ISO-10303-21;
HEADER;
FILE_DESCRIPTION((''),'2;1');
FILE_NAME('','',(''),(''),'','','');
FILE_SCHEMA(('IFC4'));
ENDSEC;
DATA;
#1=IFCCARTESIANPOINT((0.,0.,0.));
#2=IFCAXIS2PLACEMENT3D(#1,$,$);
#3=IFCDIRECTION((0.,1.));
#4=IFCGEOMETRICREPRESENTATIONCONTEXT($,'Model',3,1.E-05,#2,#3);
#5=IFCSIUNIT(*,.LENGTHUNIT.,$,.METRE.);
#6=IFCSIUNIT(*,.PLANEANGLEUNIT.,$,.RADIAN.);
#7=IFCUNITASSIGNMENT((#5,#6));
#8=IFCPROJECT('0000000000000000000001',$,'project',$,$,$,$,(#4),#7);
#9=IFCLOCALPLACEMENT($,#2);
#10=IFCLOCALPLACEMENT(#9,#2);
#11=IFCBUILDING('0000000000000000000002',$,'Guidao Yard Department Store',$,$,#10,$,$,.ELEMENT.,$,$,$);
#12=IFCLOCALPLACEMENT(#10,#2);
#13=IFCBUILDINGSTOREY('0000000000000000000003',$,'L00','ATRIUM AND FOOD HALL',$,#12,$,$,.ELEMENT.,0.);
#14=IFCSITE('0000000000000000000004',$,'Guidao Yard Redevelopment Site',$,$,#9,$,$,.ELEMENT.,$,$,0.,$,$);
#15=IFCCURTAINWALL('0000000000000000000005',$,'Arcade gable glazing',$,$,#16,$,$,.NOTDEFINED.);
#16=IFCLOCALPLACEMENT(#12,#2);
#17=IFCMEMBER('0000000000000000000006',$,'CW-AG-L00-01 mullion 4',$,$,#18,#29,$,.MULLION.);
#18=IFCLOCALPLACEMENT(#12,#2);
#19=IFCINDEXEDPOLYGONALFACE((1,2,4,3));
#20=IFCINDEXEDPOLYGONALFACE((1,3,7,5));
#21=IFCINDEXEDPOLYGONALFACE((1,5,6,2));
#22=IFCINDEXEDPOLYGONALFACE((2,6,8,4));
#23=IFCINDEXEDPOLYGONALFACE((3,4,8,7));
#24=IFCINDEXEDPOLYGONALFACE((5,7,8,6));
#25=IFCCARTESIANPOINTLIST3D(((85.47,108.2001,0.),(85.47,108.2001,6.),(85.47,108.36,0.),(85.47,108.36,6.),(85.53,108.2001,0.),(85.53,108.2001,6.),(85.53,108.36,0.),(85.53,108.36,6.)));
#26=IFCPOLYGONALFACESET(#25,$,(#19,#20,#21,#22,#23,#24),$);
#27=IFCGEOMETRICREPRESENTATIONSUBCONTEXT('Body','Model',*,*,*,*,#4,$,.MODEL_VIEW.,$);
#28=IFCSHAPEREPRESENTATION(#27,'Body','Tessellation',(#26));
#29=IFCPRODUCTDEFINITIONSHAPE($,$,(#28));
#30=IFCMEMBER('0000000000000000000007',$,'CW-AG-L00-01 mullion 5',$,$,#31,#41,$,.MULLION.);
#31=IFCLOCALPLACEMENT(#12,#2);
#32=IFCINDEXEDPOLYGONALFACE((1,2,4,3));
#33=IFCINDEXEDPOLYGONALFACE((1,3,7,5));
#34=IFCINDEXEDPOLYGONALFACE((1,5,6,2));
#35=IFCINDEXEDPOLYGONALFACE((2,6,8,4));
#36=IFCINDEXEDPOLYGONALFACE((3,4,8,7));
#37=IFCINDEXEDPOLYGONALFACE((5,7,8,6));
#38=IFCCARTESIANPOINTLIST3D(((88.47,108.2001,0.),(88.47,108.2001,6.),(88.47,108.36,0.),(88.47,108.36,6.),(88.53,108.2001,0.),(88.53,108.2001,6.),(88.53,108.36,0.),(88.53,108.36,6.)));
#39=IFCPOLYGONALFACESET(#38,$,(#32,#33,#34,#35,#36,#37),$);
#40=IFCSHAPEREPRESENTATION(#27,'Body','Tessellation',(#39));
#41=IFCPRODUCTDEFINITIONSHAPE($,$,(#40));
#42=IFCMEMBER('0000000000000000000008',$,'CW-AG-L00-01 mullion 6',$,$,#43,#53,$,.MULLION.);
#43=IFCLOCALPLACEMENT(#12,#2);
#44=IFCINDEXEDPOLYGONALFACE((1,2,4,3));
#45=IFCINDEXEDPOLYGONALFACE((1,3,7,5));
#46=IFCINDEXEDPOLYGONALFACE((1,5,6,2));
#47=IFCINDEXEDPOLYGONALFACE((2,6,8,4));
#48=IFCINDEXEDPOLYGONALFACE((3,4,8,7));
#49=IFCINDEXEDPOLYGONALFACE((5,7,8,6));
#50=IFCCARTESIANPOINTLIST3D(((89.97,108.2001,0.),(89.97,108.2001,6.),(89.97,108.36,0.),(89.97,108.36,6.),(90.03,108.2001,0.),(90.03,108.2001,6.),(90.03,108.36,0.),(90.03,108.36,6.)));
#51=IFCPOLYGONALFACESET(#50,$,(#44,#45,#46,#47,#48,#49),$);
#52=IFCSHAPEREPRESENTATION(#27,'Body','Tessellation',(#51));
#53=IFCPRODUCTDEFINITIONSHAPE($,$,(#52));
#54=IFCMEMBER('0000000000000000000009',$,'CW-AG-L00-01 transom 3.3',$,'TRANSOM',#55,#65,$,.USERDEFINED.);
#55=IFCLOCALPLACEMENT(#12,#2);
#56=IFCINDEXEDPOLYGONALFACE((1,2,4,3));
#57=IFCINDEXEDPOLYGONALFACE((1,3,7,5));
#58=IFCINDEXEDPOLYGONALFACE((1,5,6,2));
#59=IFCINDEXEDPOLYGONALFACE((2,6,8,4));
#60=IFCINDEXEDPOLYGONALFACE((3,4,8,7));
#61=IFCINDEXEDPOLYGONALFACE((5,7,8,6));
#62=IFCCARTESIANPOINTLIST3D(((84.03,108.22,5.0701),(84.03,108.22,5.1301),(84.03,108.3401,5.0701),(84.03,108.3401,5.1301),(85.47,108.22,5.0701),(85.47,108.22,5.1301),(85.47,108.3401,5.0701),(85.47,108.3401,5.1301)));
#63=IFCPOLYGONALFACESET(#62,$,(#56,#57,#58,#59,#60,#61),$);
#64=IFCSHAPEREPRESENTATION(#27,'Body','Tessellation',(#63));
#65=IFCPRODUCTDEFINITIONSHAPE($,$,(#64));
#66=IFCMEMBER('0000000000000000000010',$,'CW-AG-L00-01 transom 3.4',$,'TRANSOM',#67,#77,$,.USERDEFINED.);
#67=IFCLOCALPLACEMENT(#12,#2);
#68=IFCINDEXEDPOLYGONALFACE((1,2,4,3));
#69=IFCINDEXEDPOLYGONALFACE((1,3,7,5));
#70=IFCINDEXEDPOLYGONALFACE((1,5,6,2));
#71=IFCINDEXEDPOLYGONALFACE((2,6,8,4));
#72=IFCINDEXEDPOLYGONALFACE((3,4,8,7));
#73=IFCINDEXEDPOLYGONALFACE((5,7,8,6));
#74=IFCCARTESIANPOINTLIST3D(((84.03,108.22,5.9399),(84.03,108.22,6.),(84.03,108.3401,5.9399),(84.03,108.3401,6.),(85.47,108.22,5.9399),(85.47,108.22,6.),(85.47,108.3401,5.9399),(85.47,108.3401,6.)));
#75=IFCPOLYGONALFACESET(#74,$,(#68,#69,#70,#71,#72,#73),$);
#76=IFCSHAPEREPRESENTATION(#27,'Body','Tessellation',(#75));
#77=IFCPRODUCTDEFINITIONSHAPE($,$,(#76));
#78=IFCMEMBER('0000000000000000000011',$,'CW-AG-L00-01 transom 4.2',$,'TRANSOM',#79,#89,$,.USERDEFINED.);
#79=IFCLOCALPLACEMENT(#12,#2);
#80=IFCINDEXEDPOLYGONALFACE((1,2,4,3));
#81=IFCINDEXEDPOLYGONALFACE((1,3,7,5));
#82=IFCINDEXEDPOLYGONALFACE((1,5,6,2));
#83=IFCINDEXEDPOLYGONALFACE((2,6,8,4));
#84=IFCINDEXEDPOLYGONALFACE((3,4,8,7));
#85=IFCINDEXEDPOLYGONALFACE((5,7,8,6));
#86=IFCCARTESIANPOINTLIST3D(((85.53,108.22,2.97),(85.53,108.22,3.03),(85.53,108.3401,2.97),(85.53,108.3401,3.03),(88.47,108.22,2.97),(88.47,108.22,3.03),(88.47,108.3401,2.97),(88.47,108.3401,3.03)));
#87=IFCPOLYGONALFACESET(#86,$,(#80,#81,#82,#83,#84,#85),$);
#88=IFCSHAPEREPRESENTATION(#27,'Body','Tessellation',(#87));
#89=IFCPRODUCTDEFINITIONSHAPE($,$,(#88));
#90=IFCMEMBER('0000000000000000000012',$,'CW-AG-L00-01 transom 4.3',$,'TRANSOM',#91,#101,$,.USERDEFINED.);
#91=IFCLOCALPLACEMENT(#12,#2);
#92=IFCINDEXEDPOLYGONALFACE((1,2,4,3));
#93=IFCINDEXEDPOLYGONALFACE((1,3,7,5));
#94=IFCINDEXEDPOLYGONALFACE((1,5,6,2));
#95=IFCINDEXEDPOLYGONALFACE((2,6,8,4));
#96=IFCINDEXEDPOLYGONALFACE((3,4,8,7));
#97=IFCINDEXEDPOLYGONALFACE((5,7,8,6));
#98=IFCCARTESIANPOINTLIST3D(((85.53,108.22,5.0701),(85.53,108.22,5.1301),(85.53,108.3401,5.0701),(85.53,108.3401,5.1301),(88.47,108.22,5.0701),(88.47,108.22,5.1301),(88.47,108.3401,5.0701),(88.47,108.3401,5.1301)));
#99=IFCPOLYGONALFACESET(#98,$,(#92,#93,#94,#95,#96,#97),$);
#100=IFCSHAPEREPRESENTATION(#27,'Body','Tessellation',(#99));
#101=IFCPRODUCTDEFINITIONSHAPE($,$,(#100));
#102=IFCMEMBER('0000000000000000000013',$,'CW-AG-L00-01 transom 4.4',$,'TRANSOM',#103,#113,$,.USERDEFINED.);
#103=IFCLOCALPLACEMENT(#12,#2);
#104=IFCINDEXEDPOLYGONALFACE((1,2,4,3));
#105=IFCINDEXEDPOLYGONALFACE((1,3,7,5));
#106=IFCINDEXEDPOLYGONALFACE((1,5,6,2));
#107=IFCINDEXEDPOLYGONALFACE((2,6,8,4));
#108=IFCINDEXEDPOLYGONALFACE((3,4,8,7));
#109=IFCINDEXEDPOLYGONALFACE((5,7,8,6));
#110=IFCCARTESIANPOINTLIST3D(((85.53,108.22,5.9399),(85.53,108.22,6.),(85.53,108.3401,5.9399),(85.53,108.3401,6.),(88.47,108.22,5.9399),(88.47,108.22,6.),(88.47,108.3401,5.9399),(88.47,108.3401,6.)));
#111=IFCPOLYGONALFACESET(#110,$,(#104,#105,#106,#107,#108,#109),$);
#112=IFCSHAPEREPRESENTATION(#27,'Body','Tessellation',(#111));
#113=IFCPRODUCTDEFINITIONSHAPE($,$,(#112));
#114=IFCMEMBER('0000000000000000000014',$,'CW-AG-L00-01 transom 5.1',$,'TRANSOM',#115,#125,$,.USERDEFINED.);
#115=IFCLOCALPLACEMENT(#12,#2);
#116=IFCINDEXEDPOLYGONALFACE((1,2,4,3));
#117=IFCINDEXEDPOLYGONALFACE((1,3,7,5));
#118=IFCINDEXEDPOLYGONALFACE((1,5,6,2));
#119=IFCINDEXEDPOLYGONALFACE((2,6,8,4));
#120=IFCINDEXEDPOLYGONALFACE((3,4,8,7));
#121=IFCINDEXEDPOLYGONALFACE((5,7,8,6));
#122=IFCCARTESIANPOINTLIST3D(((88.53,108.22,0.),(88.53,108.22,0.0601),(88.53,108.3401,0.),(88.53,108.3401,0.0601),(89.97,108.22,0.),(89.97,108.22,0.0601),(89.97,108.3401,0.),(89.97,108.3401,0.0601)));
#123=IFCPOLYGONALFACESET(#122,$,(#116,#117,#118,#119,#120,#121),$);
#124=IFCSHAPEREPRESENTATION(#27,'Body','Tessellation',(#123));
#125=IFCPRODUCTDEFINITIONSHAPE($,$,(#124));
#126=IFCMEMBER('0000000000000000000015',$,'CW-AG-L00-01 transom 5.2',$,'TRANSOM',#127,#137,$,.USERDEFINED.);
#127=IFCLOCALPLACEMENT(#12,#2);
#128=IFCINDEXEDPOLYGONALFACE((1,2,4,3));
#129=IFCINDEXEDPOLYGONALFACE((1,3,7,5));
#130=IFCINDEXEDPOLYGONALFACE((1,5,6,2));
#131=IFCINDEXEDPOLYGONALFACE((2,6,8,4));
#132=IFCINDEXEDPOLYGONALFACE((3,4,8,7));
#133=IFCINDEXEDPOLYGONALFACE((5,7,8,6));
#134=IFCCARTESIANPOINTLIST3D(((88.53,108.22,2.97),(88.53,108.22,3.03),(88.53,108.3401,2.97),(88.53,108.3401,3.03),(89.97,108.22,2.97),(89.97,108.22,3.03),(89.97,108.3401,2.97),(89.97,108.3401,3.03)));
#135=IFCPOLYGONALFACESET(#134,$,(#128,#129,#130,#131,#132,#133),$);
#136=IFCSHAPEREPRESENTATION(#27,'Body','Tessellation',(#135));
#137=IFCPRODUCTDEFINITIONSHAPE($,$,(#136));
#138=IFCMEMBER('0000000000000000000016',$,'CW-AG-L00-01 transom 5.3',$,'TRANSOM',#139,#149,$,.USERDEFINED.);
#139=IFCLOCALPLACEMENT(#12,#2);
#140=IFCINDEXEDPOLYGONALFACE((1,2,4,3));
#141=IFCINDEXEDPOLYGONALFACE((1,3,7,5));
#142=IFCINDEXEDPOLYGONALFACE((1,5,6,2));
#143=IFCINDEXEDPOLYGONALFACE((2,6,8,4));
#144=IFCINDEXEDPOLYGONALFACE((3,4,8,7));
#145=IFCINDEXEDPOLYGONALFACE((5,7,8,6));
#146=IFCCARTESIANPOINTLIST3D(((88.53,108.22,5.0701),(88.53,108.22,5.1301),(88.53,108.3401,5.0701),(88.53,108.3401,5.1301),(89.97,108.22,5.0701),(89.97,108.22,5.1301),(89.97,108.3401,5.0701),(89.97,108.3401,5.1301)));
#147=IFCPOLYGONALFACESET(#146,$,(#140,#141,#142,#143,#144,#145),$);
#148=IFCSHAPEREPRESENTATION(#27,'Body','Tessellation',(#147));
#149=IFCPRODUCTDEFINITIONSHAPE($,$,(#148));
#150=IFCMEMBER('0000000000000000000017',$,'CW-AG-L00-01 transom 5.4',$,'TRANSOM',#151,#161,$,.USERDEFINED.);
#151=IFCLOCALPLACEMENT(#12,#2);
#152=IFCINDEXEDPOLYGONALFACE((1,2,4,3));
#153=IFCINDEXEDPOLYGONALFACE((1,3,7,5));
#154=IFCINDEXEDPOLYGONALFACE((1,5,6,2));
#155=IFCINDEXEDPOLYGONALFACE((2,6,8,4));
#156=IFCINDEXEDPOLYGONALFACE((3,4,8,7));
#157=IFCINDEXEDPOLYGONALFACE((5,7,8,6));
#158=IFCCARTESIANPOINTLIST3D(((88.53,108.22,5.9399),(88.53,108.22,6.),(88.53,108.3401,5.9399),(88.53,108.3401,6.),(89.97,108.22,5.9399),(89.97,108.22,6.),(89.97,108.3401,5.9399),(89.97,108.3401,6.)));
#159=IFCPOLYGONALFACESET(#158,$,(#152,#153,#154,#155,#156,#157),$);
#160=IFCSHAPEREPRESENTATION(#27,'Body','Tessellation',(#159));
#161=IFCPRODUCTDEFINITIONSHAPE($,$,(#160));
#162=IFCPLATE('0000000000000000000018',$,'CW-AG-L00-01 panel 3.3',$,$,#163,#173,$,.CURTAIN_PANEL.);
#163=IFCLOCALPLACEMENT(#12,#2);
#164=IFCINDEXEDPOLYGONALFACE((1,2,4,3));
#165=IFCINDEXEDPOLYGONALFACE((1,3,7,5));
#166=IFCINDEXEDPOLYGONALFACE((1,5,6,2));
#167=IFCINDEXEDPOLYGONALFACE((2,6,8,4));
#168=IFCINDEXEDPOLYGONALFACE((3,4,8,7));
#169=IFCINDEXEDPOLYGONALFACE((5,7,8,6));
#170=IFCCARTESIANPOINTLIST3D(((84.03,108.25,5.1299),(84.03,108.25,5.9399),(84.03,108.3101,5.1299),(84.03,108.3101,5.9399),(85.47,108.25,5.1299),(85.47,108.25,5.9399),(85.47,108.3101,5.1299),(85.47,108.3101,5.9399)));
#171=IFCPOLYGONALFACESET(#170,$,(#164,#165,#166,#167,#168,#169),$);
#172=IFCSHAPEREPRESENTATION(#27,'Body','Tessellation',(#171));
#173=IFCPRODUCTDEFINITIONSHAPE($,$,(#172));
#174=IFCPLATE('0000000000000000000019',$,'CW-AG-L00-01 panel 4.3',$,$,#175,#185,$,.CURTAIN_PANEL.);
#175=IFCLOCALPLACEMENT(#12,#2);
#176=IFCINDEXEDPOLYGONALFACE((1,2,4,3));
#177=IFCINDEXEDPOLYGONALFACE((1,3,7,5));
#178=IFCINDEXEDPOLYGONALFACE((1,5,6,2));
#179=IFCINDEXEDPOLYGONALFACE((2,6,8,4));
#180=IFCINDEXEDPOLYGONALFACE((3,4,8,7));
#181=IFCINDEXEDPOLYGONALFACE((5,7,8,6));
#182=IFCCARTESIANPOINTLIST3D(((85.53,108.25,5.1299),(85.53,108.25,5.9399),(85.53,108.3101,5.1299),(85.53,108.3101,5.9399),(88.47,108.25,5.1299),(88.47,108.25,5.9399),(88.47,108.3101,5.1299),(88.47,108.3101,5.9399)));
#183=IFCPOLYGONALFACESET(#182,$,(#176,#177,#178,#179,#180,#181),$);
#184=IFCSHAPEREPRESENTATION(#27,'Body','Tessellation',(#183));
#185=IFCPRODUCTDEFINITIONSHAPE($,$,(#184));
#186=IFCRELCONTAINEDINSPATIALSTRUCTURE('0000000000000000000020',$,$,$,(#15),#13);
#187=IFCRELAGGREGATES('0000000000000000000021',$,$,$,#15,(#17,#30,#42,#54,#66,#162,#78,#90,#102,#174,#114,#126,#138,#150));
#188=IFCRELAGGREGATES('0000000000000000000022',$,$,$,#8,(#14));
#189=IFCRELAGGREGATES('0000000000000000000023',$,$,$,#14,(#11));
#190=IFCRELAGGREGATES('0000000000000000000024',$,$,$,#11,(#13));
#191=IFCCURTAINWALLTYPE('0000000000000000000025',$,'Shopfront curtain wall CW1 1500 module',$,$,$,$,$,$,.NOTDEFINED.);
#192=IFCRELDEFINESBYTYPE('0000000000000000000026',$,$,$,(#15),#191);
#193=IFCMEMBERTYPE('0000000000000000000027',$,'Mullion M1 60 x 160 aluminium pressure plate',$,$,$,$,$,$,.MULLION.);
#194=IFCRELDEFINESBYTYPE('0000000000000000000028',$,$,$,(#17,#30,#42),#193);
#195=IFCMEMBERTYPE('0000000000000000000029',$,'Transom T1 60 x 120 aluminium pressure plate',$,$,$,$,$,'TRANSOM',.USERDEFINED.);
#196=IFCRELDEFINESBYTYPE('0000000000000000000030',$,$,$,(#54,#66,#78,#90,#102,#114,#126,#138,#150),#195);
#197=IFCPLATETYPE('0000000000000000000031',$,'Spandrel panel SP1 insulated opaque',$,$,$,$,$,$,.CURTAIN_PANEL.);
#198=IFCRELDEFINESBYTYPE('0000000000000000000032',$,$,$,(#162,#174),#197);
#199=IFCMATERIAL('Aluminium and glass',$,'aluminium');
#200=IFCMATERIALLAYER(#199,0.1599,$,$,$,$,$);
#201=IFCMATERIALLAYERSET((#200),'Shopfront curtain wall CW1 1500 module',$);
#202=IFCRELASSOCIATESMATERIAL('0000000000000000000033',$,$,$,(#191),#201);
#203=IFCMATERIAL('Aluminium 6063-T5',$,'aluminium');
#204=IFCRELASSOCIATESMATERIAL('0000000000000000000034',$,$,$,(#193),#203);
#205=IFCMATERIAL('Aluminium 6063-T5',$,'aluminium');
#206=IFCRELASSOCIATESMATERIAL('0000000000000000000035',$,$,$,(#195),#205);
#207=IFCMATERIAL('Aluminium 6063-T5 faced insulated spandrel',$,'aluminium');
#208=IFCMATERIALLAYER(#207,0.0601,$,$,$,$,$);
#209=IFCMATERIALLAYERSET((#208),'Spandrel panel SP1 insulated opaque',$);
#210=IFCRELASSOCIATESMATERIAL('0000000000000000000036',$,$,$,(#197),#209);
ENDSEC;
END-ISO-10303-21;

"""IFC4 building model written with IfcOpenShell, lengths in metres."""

from ifc_helpers import new_model, si_unit, direction, frame, origin, origin_2d, place, context, subcontext, project, spatial, rectangle, extrude, material, layer, layer_set, material_profile, profile_set, type_object, element, aggregate, save


model = new_model("IFC4")

# Units and contexts
model_context = context("Model", 3, precision=1e-05, world=origin(), true_north=direction((0.0, 1.0)))
body_context = subcontext(model_context, "Body", "Model", "MODEL_VIEW")
ifc_project = project(units=[si_unit("LENGTHUNIT", "METRE"), si_unit("PLANEANGLEUNIT", "RADIAN")], contexts=[model_context])

# Site, building, storey
site_placement = place(None, origin())
site = spatial("IfcSite", under=ifc_project, at=site_placement, Name="Guidao Yard Redevelopment Site", CompositionType="ELEMENT", RefElevation=0.0)
building_placement = place(site_placement, origin())
building = spatial("IfcBuilding", under=site, at=building_placement, Name="Guidao Yard Department Store", CompositionType="ELEMENT")
storey_placement = place(building_placement, origin())
storey = spatial("IfcBuildingStorey", under=building, at=storey_placement, Name="L00", Description="ATRIUM AND FOOD HALL", CompositionType="ELEMENT", Elevation=0.0)

# Curtain wall, members, plates
ifc_material_1 = material(Name="Aluminium and glass", Category="aluminium")
ifc_layer_1 = layer(ifc_material_1, 0.1599)
ifc_layer_set_1 = layer_set([ifc_layer_1], Name="Shopfront curtain wall CW1 1500 module")
curtain_wall_type = type_object("IfcCurtainWallType", Name="Shopfront curtain wall CW1 1500 module", PredefinedType="NOTDEFINED", material=ifc_layer_set_1)
curtain_wall_placement = place(storey_placement, origin())
curtain_wall = element("IfcCurtainWall", 1, at=curtain_wall_placement, inside=storey, type_object=curtain_wall_type, Name="Arcade gable glazing", PredefinedType="NOTDEFINED")
ifc_material_2 = material(Name="Aluminium 6063-T5", Category="aluminium")
ifc_material_profile_1 = material_profile(ifc_material_2, rectangle(XDim=0.0601, YDim=0.1599, at=origin_2d()), Name="Mullion M1 60 x 160 aluminium pressure plate")
ifc_profile_set_1 = profile_set([ifc_material_profile_1], Name="Aluminium 6063-T5")
member_type_1 = type_object("IfcMemberType", Name="Mullion M1 60 x 160 aluminium pressure plate", PredefinedType="MULLION", material=ifc_profile_set_1)
member_1_placement = place(storey_placement, frame((85.5, 108.28, 0.0), z_axis=(0.0, 0.0, 1.0), x_axis=(1.0, 0.0, 0.0)))
member_1 = element("IfcMember", 2, at=member_1_placement, type_object=member_type_1, Name="CW-AG-L00-01 mullion 4", PredefinedType="MULLION", context=body_context, shape_type="SweptSolid", body=[
    extrude(rectangle(XDim=0.0601, YDim=0.1599, at=origin_2d()), origin(), (0.0, 0.0, 1.0), 6.0),
])
member_2_placement = place(storey_placement, frame((88.5, 108.28, 0.0), z_axis=(0.0, 0.0, 1.0), x_axis=(1.0, 0.0, 0.0)))
member_2 = element("IfcMember", 3, at=member_2_placement, type_object=member_type_1, Name="CW-AG-L00-01 mullion 5", PredefinedType="MULLION", context=body_context, shape_type="SweptSolid", body=[
    extrude(rectangle(XDim=0.0601, YDim=0.1599, at=origin_2d()), origin(), (0.0, 0.0, 1.0), 6.0),
])
member_3_placement = place(storey_placement, frame((90.0, 108.28, 0.0), z_axis=(0.0, 0.0, 1.0), x_axis=(1.0, 0.0, 0.0)))
member_3 = element("IfcMember", 4, at=member_3_placement, type_object=member_type_1, Name="CW-AG-L00-01 mullion 6", PredefinedType="MULLION", context=body_context, shape_type="SweptSolid", body=[
    extrude(rectangle(XDim=0.0601, YDim=0.1599, at=origin_2d()), origin(), (0.0, 0.0, 1.0), 6.0),
])
ifc_material_3 = material(Name="Aluminium 6063-T5", Category="aluminium")
ifc_material_profile_2 = material_profile(ifc_material_3, rectangle(XDim=0.1201, YDim=0.0601, at=origin_2d()), Name="Transom T1 60 x 120 aluminium pressure plate")
ifc_profile_set_2 = profile_set([ifc_material_profile_2], Name="Aluminium 6063-T5")
member_type_2 = type_object("IfcMemberType", Name="Transom T1 60 x 120 aluminium pressure plate", ElementType="TRANSOM", PredefinedType="USERDEFINED", material=ifc_profile_set_2)
member_4_placement = place(storey_placement, frame((84.03, 108.28, 5.1001), z_axis=(1.0, 0.0, 0.0), x_axis=(0.0, 1.0, 0.0)))
member_4 = element("IfcMember", 5, at=member_4_placement, type_object=member_type_2, Name="CW-AG-L00-01 transom 3.3", ObjectType="TRANSOM", PredefinedType="USERDEFINED", context=body_context, shape_type="SweptSolid", body=[
    extrude(rectangle(XDim=0.1201, YDim=0.0601, at=origin_2d()), origin(), (0.0, 0.0, 1.0), 1.4399),
])
member_5_placement = place(storey_placement, frame((84.03, 108.28, 5.97), z_axis=(1.0, 0.0, 0.0), x_axis=(0.0, 1.0, 0.0)))
member_5 = element("IfcMember", 6, at=member_5_placement, type_object=member_type_2, Name="CW-AG-L00-01 transom 3.4", ObjectType="TRANSOM", PredefinedType="USERDEFINED", context=body_context, shape_type="SweptSolid", body=[
    extrude(rectangle(XDim=0.1201, YDim=0.0601, at=origin_2d()), origin(), (0.0, 0.0, 1.0), 1.4399),
])
member_6_placement = place(storey_placement, frame((85.53, 108.28, 3.0), z_axis=(1.0, 0.0, 0.0), x_axis=(0.0, 1.0, 0.0)))
member_6 = element("IfcMember", 7, at=member_6_placement, type_object=member_type_2, Name="CW-AG-L00-01 transom 4.2", ObjectType="TRANSOM", PredefinedType="USERDEFINED", context=body_context, shape_type="SweptSolid", body=[
    extrude(rectangle(XDim=0.1201, YDim=0.0601, at=origin_2d()), origin(), (0.0, 0.0, 1.0), 2.9399),
])
member_7_placement = place(storey_placement, frame((85.53, 108.28, 5.1001), z_axis=(1.0, 0.0, 0.0), x_axis=(0.0, 1.0, 0.0)))
member_7 = element("IfcMember", 8, at=member_7_placement, type_object=member_type_2, Name="CW-AG-L00-01 transom 4.3", ObjectType="TRANSOM", PredefinedType="USERDEFINED", context=body_context, shape_type="SweptSolid", body=[
    extrude(rectangle(XDim=0.1201, YDim=0.0601, at=origin_2d()), origin(), (0.0, 0.0, 1.0), 2.9399),
])
member_8_placement = place(storey_placement, frame((85.53, 108.28, 5.97), z_axis=(1.0, 0.0, 0.0), x_axis=(0.0, 1.0, 0.0)))
member_8 = element("IfcMember", 9, at=member_8_placement, type_object=member_type_2, Name="CW-AG-L00-01 transom 4.4", ObjectType="TRANSOM", PredefinedType="USERDEFINED", context=body_context, shape_type="SweptSolid", body=[
    extrude(rectangle(XDim=0.1201, YDim=0.0601, at=origin_2d()), origin(), (0.0, 0.0, 1.0), 2.9399),
])
member_9_placement = place(storey_placement, frame((88.53, 108.28, 0.03), z_axis=(1.0, 0.0, 0.0), x_axis=(0.0, 1.0, 0.0)))
member_9 = element("IfcMember", 10, at=member_9_placement, type_object=member_type_2, Name="CW-AG-L00-01 transom 5.1", ObjectType="TRANSOM", PredefinedType="USERDEFINED", context=body_context, shape_type="SweptSolid", body=[
    extrude(rectangle(XDim=0.1201, YDim=0.0601, at=origin_2d()), origin(), (0.0, 0.0, 1.0), 1.4399),
])
member_10_placement = place(storey_placement, frame((88.53, 108.28, 3.0), z_axis=(1.0, 0.0, 0.0), x_axis=(0.0, 1.0, 0.0)))
member_10 = element("IfcMember", 11, at=member_10_placement, type_object=member_type_2, Name="CW-AG-L00-01 transom 5.2", ObjectType="TRANSOM", PredefinedType="USERDEFINED", context=body_context, shape_type="SweptSolid", body=[
    extrude(rectangle(XDim=0.1201, YDim=0.0601, at=origin_2d()), origin(), (0.0, 0.0, 1.0), 1.4399),
])
member_11_placement = place(storey_placement, frame((88.53, 108.28, 5.1001), z_axis=(1.0, 0.0, 0.0), x_axis=(0.0, 1.0, 0.0)))
member_11 = element("IfcMember", 12, at=member_11_placement, type_object=member_type_2, Name="CW-AG-L00-01 transom 5.3", ObjectType="TRANSOM", PredefinedType="USERDEFINED", context=body_context, shape_type="SweptSolid", body=[
    extrude(rectangle(XDim=0.1201, YDim=0.0601, at=origin_2d()), origin(), (0.0, 0.0, 1.0), 1.4399),
])
member_12_placement = place(storey_placement, frame((88.53, 108.28, 5.97), z_axis=(1.0, 0.0, 0.0), x_axis=(0.0, 1.0, 0.0)))
member_12 = element("IfcMember", 13, at=member_12_placement, type_object=member_type_2, Name="CW-AG-L00-01 transom 5.4", ObjectType="TRANSOM", PredefinedType="USERDEFINED", context=body_context, shape_type="SweptSolid", body=[
    extrude(rectangle(XDim=0.1201, YDim=0.0601, at=origin_2d()), origin(), (0.0, 0.0, 1.0), 1.4399),
])
ifc_material_4 = material(Name="Aluminium 6063-T5 faced insulated spandrel", Category="aluminium")
ifc_layer_2 = layer(ifc_material_4, 0.0601)
ifc_layer_set_2 = layer_set([ifc_layer_2], Name="Spandrel panel SP1 insulated opaque")
plate_type_1 = type_object("IfcPlateType", Name="Spandrel panel SP1 insulated opaque", PredefinedType="CURTAIN_PANEL", material=ifc_layer_set_2)
plate_1_placement = place(storey_placement, frame((84.75, 108.28, 5.1299), z_axis=(0.0, 0.0, 1.0), x_axis=(1.0, 0.0, 0.0)))
plate_1 = element("IfcPlate", 14, at=plate_1_placement, type_object=plate_type_1, Name="CW-AG-L00-01 panel 3.3", PredefinedType="CURTAIN_PANEL", context=body_context, shape_type="SweptSolid", body=[
    extrude(rectangle(XDim=1.4399, YDim=0.0601, at=origin_2d()), origin(), (0.0, 0.0, 1.0), 0.8101),
])
plate_2_placement = place(storey_placement, frame((87.0, 108.28, 5.1299), z_axis=(0.0, 0.0, 1.0), x_axis=(1.0, 0.0, 0.0)))
plate_2 = element("IfcPlate", 15, at=plate_2_placement, type_object=plate_type_1, Name="CW-AG-L00-01 panel 4.3", PredefinedType="CURTAIN_PANEL", context=body_context, shape_type="SweptSolid", body=[
    extrude(rectangle(XDim=2.9399, YDim=0.0601, at=origin_2d()), origin(), (0.0, 0.0, 1.0), 0.8101),
])
aggregate(curtain_wall, [member_1, member_2, member_3, member_4, member_5, plate_1, member_6, member_7, member_8, plate_2, member_9, member_10, member_11, member_12])

save(model, "model.ifc")
